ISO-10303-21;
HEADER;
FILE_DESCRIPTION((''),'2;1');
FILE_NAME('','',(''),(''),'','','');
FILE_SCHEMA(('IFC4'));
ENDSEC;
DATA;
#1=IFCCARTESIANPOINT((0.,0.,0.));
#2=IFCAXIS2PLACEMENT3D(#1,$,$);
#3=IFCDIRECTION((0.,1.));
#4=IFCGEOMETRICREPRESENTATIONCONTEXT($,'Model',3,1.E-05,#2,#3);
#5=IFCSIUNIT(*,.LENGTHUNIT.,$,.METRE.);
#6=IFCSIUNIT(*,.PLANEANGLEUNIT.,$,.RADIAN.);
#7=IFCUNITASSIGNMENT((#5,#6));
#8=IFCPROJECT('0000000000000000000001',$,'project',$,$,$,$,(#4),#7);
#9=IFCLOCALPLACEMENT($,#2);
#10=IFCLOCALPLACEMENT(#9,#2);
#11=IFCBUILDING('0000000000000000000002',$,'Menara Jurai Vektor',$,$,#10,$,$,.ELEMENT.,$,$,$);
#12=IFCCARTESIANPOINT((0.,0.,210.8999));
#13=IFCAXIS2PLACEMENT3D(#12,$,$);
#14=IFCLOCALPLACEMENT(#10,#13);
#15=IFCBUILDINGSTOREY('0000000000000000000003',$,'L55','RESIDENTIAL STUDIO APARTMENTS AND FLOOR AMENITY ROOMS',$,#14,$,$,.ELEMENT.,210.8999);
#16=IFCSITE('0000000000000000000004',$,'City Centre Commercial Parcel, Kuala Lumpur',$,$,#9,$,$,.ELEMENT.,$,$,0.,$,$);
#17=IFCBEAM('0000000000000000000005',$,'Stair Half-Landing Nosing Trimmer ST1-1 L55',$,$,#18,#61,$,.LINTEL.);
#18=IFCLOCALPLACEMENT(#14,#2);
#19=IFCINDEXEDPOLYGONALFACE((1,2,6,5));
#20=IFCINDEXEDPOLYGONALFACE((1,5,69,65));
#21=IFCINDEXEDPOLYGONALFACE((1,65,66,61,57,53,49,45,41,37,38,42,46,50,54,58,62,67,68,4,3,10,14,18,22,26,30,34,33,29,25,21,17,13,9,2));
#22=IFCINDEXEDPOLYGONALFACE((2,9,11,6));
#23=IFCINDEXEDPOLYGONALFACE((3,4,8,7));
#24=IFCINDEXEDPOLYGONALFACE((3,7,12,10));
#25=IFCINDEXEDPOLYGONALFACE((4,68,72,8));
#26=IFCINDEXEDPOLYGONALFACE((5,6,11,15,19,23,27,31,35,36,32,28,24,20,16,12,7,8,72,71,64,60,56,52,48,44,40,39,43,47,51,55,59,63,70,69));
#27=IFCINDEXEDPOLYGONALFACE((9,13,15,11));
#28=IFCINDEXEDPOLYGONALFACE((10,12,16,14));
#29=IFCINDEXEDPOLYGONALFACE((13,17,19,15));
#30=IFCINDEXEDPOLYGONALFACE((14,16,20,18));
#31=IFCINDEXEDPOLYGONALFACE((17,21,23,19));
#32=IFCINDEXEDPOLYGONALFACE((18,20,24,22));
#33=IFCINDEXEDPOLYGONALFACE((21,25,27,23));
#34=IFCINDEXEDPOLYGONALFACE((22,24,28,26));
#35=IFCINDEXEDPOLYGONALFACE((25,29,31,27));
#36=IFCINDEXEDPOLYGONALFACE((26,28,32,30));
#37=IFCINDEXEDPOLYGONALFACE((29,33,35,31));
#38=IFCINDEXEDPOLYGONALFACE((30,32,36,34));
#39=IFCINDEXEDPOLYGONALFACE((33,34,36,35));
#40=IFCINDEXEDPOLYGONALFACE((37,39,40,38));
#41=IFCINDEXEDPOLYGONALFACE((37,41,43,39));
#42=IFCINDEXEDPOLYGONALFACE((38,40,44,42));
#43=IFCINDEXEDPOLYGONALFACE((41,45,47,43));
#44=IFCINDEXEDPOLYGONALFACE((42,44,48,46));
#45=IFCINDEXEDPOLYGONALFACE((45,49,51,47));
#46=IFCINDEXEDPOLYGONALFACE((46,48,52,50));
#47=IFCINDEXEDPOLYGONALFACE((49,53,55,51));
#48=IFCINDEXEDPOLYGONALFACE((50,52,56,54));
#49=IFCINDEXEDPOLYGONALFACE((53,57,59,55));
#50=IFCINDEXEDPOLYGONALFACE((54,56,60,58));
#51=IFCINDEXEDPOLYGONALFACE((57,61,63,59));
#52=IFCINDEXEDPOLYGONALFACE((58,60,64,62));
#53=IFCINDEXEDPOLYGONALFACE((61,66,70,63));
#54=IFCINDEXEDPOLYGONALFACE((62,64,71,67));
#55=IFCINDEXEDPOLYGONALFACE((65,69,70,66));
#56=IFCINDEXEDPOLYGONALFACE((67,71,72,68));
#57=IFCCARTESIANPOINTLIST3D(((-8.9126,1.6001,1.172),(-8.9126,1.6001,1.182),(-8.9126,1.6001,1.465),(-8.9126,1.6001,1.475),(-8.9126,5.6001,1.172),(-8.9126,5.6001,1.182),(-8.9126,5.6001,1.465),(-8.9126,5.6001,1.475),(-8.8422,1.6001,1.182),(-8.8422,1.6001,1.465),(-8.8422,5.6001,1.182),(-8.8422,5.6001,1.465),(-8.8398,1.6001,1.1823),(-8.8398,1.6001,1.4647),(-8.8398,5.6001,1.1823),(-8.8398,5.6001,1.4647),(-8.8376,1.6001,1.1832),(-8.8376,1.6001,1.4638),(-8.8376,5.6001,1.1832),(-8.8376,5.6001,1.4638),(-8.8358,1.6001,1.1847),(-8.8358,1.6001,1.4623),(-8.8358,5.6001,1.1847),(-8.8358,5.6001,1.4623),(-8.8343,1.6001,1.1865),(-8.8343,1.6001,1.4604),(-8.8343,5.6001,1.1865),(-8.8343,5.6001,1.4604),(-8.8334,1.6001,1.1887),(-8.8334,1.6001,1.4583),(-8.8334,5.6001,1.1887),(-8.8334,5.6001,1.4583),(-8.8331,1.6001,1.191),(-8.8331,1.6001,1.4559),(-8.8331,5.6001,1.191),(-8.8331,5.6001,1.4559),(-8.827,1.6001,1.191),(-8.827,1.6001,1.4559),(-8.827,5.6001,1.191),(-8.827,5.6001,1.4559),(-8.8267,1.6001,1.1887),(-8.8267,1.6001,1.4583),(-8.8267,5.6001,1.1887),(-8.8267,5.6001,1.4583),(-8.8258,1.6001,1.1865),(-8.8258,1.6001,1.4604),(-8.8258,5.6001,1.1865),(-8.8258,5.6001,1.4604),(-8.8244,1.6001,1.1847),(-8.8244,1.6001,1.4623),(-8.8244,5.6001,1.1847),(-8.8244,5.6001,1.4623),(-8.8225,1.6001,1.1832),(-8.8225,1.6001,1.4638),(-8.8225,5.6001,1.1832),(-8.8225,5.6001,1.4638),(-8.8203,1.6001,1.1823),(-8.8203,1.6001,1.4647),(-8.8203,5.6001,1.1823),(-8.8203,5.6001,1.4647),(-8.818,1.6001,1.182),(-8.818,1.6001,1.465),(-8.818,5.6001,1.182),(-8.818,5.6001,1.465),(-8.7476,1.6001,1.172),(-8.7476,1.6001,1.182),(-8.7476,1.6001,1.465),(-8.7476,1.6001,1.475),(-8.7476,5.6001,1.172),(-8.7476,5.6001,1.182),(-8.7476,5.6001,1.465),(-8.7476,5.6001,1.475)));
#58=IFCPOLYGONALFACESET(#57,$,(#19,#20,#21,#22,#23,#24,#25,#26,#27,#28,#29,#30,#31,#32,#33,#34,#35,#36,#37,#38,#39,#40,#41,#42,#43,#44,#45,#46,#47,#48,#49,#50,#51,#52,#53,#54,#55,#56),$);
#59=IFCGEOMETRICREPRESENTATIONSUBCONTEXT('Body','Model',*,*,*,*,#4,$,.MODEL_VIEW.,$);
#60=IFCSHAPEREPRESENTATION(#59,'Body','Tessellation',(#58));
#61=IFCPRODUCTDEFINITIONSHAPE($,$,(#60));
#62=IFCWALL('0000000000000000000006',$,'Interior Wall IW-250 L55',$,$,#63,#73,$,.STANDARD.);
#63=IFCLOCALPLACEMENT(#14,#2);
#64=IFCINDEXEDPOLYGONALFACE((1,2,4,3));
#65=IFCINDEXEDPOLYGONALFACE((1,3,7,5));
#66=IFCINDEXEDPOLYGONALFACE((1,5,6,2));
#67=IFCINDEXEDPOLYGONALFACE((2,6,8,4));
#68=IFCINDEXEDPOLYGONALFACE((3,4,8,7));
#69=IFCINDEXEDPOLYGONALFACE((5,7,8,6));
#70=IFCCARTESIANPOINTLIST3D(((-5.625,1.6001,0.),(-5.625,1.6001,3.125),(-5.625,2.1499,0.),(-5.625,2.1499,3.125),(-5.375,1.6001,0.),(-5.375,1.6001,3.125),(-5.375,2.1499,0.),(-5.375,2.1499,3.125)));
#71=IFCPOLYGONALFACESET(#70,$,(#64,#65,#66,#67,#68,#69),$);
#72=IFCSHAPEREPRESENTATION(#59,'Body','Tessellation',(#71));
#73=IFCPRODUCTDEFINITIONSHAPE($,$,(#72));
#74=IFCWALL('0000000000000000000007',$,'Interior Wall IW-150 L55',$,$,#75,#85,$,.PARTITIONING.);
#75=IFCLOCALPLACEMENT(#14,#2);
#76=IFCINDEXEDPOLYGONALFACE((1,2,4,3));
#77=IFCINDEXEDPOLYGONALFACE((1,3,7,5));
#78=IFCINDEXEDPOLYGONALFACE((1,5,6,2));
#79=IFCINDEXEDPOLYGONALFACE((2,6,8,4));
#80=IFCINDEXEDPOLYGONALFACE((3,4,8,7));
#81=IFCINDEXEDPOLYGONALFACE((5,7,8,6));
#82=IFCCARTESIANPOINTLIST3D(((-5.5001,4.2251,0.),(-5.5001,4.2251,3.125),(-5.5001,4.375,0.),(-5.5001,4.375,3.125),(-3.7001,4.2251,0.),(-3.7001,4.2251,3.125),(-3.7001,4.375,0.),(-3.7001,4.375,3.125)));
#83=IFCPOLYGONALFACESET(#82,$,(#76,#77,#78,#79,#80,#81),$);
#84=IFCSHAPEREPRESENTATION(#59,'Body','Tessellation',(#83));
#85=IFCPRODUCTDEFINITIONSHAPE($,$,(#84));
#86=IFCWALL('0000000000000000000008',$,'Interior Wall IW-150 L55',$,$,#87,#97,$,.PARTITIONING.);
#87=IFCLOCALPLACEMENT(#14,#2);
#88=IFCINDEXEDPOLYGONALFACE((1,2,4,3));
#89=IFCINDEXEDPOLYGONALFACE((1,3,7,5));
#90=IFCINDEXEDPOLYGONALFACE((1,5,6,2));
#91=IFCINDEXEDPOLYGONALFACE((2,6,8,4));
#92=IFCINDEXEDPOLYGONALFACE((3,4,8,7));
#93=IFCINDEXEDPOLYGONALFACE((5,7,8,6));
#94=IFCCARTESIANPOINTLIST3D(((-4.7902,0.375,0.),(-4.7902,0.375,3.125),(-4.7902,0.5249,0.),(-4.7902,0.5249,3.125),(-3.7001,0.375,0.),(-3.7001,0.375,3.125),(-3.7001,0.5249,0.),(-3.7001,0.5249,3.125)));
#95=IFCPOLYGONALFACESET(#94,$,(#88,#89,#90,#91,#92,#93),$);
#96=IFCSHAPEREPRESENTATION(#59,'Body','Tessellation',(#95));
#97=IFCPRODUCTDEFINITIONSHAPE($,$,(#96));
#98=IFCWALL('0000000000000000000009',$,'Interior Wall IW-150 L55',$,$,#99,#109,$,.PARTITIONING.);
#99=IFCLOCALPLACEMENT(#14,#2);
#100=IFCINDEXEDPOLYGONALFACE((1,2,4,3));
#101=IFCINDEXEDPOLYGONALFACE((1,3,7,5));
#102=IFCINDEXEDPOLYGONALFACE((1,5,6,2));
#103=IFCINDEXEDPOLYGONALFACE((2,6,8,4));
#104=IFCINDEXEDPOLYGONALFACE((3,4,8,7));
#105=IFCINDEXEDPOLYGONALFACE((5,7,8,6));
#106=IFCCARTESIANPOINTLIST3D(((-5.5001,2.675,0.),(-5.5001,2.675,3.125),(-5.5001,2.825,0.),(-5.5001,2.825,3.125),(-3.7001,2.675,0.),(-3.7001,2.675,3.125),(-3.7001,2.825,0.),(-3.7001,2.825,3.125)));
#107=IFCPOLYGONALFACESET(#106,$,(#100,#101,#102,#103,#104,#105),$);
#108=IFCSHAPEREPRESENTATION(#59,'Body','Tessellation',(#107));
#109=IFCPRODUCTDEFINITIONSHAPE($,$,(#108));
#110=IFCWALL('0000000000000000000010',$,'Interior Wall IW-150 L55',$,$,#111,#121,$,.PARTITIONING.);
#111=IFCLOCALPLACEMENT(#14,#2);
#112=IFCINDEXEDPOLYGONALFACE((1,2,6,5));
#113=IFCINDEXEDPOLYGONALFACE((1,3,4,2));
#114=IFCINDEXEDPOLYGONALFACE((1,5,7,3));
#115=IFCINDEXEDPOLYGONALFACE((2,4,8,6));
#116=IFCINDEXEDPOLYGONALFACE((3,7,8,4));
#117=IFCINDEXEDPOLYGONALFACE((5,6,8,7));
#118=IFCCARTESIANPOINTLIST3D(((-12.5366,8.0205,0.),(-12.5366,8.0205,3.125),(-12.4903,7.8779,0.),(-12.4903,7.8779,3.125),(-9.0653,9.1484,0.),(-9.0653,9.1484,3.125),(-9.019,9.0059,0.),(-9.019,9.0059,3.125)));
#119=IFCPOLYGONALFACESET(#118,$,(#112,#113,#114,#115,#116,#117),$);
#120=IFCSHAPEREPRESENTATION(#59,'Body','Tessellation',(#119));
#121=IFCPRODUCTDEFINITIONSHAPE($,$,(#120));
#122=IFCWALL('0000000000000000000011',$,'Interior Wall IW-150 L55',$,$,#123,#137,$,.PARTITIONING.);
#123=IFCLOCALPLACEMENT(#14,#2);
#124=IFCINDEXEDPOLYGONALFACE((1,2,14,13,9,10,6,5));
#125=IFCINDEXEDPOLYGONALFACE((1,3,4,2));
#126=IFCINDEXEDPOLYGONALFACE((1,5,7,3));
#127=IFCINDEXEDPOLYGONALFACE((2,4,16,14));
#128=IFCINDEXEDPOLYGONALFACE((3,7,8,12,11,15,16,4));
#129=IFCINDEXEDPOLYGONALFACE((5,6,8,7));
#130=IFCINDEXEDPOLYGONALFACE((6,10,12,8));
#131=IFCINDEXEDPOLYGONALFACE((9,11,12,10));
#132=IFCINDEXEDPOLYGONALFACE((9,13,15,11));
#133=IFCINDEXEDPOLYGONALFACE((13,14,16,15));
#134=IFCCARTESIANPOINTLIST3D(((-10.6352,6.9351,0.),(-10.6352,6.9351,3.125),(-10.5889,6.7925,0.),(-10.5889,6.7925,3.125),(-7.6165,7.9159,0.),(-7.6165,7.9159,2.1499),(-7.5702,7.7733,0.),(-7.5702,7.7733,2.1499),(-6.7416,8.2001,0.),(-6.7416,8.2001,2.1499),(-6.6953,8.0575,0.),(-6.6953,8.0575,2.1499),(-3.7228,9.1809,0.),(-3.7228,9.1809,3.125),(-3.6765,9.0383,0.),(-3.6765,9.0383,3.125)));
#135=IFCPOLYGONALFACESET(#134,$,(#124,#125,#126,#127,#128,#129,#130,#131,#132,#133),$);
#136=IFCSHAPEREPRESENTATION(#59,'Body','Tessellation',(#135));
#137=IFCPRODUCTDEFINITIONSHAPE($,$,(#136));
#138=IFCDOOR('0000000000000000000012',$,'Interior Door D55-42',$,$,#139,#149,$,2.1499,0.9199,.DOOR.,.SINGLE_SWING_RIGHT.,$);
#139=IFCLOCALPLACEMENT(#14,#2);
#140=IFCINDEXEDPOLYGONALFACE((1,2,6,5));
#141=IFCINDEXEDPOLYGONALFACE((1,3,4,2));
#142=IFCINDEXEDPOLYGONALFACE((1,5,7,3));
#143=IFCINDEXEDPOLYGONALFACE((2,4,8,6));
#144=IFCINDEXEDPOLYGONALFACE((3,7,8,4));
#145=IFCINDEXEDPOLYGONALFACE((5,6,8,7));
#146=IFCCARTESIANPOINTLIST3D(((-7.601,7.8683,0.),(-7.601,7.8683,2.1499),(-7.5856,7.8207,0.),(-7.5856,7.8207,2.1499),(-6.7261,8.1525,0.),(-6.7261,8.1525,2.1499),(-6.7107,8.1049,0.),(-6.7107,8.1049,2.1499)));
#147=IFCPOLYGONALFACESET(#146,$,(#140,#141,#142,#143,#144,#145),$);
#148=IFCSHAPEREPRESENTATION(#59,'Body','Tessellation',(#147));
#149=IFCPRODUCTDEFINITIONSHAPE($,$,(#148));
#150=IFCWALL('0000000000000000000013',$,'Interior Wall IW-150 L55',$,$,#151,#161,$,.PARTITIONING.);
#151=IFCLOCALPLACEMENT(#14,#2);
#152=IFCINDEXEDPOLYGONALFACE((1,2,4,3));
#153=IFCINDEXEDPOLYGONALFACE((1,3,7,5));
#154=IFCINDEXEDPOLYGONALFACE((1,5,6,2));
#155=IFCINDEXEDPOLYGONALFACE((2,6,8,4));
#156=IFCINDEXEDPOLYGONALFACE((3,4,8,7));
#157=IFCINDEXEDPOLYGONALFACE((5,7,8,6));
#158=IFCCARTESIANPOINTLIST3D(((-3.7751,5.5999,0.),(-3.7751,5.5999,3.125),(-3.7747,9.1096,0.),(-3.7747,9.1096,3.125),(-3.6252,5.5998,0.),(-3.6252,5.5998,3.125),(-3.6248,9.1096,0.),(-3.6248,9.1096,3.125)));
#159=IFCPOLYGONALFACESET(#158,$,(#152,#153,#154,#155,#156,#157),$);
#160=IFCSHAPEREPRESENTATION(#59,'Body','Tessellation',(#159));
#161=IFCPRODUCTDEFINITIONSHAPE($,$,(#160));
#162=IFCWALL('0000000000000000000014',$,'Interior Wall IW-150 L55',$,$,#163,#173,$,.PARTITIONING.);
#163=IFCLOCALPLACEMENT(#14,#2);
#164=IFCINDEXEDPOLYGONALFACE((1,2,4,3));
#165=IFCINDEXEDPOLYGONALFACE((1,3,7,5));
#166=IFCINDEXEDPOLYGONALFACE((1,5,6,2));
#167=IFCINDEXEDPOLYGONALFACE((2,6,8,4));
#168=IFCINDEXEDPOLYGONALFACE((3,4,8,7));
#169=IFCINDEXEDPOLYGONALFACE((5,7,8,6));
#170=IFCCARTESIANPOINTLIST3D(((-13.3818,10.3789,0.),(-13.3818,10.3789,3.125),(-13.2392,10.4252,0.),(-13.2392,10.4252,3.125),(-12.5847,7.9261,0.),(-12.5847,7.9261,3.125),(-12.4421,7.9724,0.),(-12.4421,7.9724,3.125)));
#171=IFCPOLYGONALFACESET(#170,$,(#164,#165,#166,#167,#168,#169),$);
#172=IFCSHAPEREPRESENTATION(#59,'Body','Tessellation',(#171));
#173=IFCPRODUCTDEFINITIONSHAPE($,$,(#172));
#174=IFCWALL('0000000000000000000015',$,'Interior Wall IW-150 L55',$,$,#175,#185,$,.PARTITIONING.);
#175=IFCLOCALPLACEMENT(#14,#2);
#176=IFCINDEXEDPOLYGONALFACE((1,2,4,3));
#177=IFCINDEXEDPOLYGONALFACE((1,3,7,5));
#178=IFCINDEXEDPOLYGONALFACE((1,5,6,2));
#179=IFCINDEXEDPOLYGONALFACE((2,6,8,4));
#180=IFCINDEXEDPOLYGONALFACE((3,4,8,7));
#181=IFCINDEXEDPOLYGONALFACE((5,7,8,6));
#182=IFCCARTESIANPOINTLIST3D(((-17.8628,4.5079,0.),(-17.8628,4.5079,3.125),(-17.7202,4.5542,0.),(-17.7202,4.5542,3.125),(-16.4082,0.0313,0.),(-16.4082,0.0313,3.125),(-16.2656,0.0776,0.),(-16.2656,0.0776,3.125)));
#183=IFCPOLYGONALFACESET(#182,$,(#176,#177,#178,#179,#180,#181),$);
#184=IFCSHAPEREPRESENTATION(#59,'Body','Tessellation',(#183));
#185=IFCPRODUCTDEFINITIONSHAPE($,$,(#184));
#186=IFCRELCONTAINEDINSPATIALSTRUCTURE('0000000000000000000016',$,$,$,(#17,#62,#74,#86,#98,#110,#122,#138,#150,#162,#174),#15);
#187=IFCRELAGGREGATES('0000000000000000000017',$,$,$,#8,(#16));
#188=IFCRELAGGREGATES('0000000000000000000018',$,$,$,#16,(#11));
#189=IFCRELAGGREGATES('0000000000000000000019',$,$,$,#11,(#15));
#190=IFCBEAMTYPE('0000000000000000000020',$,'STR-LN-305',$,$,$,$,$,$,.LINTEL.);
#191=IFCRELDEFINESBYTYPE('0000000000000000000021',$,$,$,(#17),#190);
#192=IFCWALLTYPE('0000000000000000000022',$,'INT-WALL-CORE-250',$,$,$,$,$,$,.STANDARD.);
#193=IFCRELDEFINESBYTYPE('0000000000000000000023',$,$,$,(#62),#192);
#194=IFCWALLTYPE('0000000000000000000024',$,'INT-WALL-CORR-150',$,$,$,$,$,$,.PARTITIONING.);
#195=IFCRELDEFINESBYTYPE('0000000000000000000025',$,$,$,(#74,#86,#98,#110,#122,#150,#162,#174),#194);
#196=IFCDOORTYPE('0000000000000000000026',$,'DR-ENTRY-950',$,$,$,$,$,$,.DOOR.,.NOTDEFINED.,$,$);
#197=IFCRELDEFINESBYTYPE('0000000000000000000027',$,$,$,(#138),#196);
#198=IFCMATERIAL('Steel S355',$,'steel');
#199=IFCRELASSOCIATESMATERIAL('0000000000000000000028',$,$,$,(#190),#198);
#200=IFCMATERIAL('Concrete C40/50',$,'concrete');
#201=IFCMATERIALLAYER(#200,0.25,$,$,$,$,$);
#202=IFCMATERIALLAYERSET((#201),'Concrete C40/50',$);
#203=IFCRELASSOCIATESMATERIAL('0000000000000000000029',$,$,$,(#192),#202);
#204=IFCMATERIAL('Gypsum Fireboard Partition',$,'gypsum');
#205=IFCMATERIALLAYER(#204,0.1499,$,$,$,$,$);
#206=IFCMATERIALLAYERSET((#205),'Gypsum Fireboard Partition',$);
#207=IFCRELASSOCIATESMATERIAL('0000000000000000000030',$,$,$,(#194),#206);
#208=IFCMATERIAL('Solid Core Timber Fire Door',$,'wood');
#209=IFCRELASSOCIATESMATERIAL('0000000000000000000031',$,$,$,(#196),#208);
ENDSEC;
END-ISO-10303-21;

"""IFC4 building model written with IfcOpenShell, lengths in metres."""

from ifc_helpers import new_model, si_unit, direction, frame, frame_2d, origin, origin_2d, place, context, subcontext, project, spatial, rectangle, i_section, extrude, material, layer, layer_set, material_profile, profile_set, type_object, element, fill, save


model = new_model("IFC4")

# Units and contexts
model_context = context("Model", 3, precision=1e-05, world=origin(), true_north=direction((0.0, 1.0)))
body_context = subcontext(model_context, "Body", "Model", "MODEL_VIEW")
ifc_project = project(units=[si_unit("LENGTHUNIT", "METRE"), si_unit("PLANEANGLEUNIT", "RADIAN")], contexts=[model_context])

# Site, building, storey
site_placement = place(None, origin())
site = spatial("IfcSite", under=ifc_project, at=site_placement, Name="City Centre Commercial Parcel, Kuala Lumpur", CompositionType="ELEMENT", RefElevation=0.0)
building_placement = place(site_placement, origin())
building = spatial("IfcBuilding", under=site, at=building_placement, Name="Menara Jurai Vektor", CompositionType="ELEMENT")
storey_placement = place(building_placement, frame((0.0, 0.0, 210.8999)))
storey = spatial("IfcBuildingStorey", under=building, at=storey_placement, Name="L55", Description="RESIDENTIAL STUDIO APARTMENTS AND FLOOR AMENITY ROOMS", CompositionType="ELEMENT", Elevation=210.8999)

# Shared definitions
ifc_material_1 = material(Name="Steel S355", Category="steel")

# Beam
ifc_material_profile_1 = material_profile(ifc_material_1, i_section(OverallWidth=0.165, OverallDepth=0.303, WebThickness=0.0061, FlangeThickness=0.01, FilletRadius=0.009, at=origin_2d()), Name="UKB 305x165x40")
ifc_profile_set_1 = profile_set([ifc_material_profile_1], Name="Steel S355")
beam_type_1 = type_object("IfcBeamType", Name="STR-LN-305", PredefinedType="LINTEL", material=ifc_profile_set_1)
beam_1_placement = place(storey_placement, frame((-8.8301, 1.6001, 1.3235), z_axis=(0.0, 1.0, 0.0), x_axis=(-1.0, 0.0, 0.0)))
element("IfcBeam", 1, at=beam_1_placement, inside=storey, type_object=beam_type_1, Name="Stair Half-Landing Nosing Trimmer ST1-1 L55", PredefinedType="LINTEL", context=body_context, shape_type="SweptSolid", body=[
    extrude(i_section(OverallWidth=0.165, OverallDepth=0.303, WebThickness=0.0061, FlangeThickness=0.01, FilletRadius=0.009, at=origin_2d()), origin(), (0.0, 0.0, 1.0), 4.0),
])

# Shared definitions
ifc_material_2 = material(Name="Concrete C40/50", Category="concrete")
ifc_layer_1 = layer(ifc_material_2, 0.25)
ifc_layer_set_1 = layer_set([ifc_layer_1], Name="Concrete C40/50")
wall_type_1 = type_object("IfcWallType", Name="INT-WALL-CORE-250", PredefinedType="STANDARD", material=ifc_layer_set_1)

# Walls
wall_1_placement = place(storey_placement, frame((-5.5, 1.6001, 0.0), z_axis=(0.0, 0.0, 1.0), x_axis=(0.0, 1.0, 0.0)))
element("IfcWall", 2, at=wall_1_placement, inside=storey, type_object=wall_type_1, Name="Interior Wall IW-250 L55", PredefinedType="STANDARD", context=body_context, shape_type="SweptSolid", body=[
    extrude(rectangle(XDim=0.5498, YDim=0.25, at=frame_2d((0.2749, 0.0))), origin(), (0.0, 0.0, 1.0), 3.125),
])
ifc_material_3 = material(Name="Gypsum Fireboard Partition", Category="gypsum")
ifc_layer_2 = layer(ifc_material_3, 0.1499)
ifc_layer_set_2 = layer_set([ifc_layer_2], Name="Gypsum Fireboard Partition")
wall_type_2 = type_object("IfcWallType", Name="INT-WALL-CORR-150", PredefinedType="PARTITIONING", material=ifc_layer_set_2)
wall_2_placement = place(storey_placement, frame((-5.5, 4.3, 0.0), z_axis=(0.0, 0.0, 1.0), x_axis=(1.0, 0.0, 0.0)))
element("IfcWall", 3, at=wall_2_placement, inside=storey, type_object=wall_type_2, Name="Interior Wall IW-150 L55", PredefinedType="PARTITIONING", context=body_context, shape_type="SweptSolid", body=[
    extrude(rectangle(XDim=1.8, YDim=0.1499, at=frame_2d((0.8999, 0.0))), origin(), (0.0, 0.0, 1.0), 3.125),
])
wall_3_placement = place(storey_placement, frame((-4.79, 0.45, 0.0), z_axis=(0.0, 0.0, 1.0), x_axis=(1.0, 0.0, 0.0)))
element("IfcWall", 4, at=wall_3_placement, inside=storey, type_object=wall_type_2, Name="Interior Wall IW-150 L55", PredefinedType="PARTITIONING", context=body_context, shape_type="SweptSolid", body=[
    extrude(rectangle(XDim=1.0901, YDim=0.1499, at=frame_2d((0.5449, 0.0))), origin(), (0.0, 0.0, 1.0), 3.125),
])
wall_4_placement = place(storey_placement, frame((-5.5, 2.75, 0.0), z_axis=(0.0, 0.0, 1.0), x_axis=(1.0, 0.0, 0.0)))
element("IfcWall", 5, at=wall_4_placement, inside=storey, type_object=wall_type_2, Name="Interior Wall IW-150 L55", PredefinedType="PARTITIONING", context=body_context, shape_type="SweptSolid", body=[
    extrude(rectangle(XDim=1.8, YDim=0.1499, at=frame_2d((0.8999, 0.0))), origin(), (0.0, 0.0, 1.0), 3.125),
])
wall_5_placement = place(storey_placement, frame((-12.5134, 7.9492, 0.0), z_axis=(0.0, 0.0, 1.0), x_axis=(0.951051, 0.309035, 0.0)))
element("IfcWall", 6, at=wall_5_placement, inside=storey, type_object=wall_type_2, Name="Interior Wall IW-150 L55", PredefinedType="PARTITIONING", context=body_context, shape_type="SweptSolid", body=[
    extrude(rectangle(XDim=3.6499, YDim=0.1499, at=frame_2d((1.825, 0.0))), origin(), (0.0, 0.0, 1.0), 3.125),
])

# Wall, opening, door
wall_6_placement = place(storey_placement, frame((-10.6121, 6.8638, 0.0), z_axis=(0.0, 0.0, 1.0), x_axis=(0.951061, 0.309003, 0.0)))
wall_6 = element("IfcWall", 7, at=wall_6_placement, inside=storey, type_object=wall_type_2, Name="Interior Wall IW-150 L55", PredefinedType="PARTITIONING", context=body_context, shape_type="SweptSolid", body=[
    extrude(rectangle(XDim=7.2681, YDim=0.1499, at=frame_2d((3.634, 0.0))), origin(), (0.0, 0.0, 1.0), 3.125),
])
opening_1_placement = place(wall_6_placement, frame((3.1741, 0.0, 0.0)))
opening_1 = element("IfcOpeningElement", 8, at=opening_1_placement, cuts=wall_6, PredefinedType="OPENING", context=body_context, shape_type="SweptSolid", body=[
    extrude(rectangle(XDim=0.9199, YDim=2.1499, at=frame_2d((0.46, 1.075))), frame((0.0, 0.085, 0.0), z_axis=(0.0, -1.0, 0.0), x_axis=(1.0, 0.0, 0.0)), (0.0, 0.0, 1.0), 0.1699),
])
ifc_material_4 = material(Name="Solid Core Timber Fire Door", Category="wood")
door_type_1 = type_object("IfcDoorType", Name="DR-ENTRY-950", OperationType="NOTDEFINED", PredefinedType="DOOR", material=ifc_material_4)
door_1_placement = place(opening_1_placement, origin())
door_1 = element("IfcDoor", 9, at=door_1_placement, inside=storey, type_object=door_type_1, Name="Interior Door D55-42", OperationType="SINGLE_SWING_RIGHT", OverallHeight=2.1499, OverallWidth=0.9199, PredefinedType="DOOR", context=body_context, shape_type="SweptSolid", body=[
    extrude(rectangle(XDim=0.9199, YDim=2.1499, at=frame_2d((0.46, 1.075))), frame((0.0, 0.0249, 0.0), z_axis=(0.0, -1.0, 0.0), x_axis=(1.0, 0.0, 0.0)), (0.0, 0.0, 1.0), 0.05),
])
fill(opening_1, door_1)

# Walls
wall_7_placement = place(storey_placement, frame((-3.7002, 5.5999, 0.0), z_axis=(0.0, 0.0, 1.0), x_axis=(0.000139, 1.0, 0.0)))
element("IfcWall", 10, at=wall_7_placement, inside=storey, type_object=wall_type_2, Name="Interior Wall IW-150 L55", PredefinedType="PARTITIONING", context=body_context, shape_type="SweptSolid", body=[
    extrude(rectangle(XDim=3.5098, YDim=0.1499, at=frame_2d((1.7549, 0.0))), origin(), (0.0, 0.0, 1.0), 3.125),
])
wall_8_placement = place(storey_placement, frame((-12.5134, 7.9492, 0.0), z_axis=(0.0, 0.0, 1.0), x_axis=(-0.309063, 0.951042, 0.0)))
element("IfcWall", 11, at=wall_8_placement, inside=storey, type_object=wall_type_2, Name="Interior Wall IW-150 L55", PredefinedType="PARTITIONING", context=body_context, shape_type="SweptSolid", body=[
    extrude(rectangle(XDim=2.5791, YDim=0.1499, at=frame_2d((1.2896, 0.0))), origin(), (0.0, 0.0, 1.0), 3.125),
])
wall_9_placement = place(storey_placement, frame((-16.3369, 0.0544, 0.0), z_axis=(0.0, 0.0, 1.0), x_axis=(-0.30903, 0.951052, 0.0)))
element("IfcWall", 12, at=wall_9_placement, inside=storey, type_object=wall_type_2, Name="Interior Wall IW-150 L55", PredefinedType="PARTITIONING", context=body_context, shape_type="SweptSolid", body=[
    extrude(rectangle(XDim=4.707, YDim=0.1499, at=frame_2d((2.3535, 0.0))), origin(), (0.0, 0.0, 1.0), 3.125),
])

save(model, "model.ifc")
